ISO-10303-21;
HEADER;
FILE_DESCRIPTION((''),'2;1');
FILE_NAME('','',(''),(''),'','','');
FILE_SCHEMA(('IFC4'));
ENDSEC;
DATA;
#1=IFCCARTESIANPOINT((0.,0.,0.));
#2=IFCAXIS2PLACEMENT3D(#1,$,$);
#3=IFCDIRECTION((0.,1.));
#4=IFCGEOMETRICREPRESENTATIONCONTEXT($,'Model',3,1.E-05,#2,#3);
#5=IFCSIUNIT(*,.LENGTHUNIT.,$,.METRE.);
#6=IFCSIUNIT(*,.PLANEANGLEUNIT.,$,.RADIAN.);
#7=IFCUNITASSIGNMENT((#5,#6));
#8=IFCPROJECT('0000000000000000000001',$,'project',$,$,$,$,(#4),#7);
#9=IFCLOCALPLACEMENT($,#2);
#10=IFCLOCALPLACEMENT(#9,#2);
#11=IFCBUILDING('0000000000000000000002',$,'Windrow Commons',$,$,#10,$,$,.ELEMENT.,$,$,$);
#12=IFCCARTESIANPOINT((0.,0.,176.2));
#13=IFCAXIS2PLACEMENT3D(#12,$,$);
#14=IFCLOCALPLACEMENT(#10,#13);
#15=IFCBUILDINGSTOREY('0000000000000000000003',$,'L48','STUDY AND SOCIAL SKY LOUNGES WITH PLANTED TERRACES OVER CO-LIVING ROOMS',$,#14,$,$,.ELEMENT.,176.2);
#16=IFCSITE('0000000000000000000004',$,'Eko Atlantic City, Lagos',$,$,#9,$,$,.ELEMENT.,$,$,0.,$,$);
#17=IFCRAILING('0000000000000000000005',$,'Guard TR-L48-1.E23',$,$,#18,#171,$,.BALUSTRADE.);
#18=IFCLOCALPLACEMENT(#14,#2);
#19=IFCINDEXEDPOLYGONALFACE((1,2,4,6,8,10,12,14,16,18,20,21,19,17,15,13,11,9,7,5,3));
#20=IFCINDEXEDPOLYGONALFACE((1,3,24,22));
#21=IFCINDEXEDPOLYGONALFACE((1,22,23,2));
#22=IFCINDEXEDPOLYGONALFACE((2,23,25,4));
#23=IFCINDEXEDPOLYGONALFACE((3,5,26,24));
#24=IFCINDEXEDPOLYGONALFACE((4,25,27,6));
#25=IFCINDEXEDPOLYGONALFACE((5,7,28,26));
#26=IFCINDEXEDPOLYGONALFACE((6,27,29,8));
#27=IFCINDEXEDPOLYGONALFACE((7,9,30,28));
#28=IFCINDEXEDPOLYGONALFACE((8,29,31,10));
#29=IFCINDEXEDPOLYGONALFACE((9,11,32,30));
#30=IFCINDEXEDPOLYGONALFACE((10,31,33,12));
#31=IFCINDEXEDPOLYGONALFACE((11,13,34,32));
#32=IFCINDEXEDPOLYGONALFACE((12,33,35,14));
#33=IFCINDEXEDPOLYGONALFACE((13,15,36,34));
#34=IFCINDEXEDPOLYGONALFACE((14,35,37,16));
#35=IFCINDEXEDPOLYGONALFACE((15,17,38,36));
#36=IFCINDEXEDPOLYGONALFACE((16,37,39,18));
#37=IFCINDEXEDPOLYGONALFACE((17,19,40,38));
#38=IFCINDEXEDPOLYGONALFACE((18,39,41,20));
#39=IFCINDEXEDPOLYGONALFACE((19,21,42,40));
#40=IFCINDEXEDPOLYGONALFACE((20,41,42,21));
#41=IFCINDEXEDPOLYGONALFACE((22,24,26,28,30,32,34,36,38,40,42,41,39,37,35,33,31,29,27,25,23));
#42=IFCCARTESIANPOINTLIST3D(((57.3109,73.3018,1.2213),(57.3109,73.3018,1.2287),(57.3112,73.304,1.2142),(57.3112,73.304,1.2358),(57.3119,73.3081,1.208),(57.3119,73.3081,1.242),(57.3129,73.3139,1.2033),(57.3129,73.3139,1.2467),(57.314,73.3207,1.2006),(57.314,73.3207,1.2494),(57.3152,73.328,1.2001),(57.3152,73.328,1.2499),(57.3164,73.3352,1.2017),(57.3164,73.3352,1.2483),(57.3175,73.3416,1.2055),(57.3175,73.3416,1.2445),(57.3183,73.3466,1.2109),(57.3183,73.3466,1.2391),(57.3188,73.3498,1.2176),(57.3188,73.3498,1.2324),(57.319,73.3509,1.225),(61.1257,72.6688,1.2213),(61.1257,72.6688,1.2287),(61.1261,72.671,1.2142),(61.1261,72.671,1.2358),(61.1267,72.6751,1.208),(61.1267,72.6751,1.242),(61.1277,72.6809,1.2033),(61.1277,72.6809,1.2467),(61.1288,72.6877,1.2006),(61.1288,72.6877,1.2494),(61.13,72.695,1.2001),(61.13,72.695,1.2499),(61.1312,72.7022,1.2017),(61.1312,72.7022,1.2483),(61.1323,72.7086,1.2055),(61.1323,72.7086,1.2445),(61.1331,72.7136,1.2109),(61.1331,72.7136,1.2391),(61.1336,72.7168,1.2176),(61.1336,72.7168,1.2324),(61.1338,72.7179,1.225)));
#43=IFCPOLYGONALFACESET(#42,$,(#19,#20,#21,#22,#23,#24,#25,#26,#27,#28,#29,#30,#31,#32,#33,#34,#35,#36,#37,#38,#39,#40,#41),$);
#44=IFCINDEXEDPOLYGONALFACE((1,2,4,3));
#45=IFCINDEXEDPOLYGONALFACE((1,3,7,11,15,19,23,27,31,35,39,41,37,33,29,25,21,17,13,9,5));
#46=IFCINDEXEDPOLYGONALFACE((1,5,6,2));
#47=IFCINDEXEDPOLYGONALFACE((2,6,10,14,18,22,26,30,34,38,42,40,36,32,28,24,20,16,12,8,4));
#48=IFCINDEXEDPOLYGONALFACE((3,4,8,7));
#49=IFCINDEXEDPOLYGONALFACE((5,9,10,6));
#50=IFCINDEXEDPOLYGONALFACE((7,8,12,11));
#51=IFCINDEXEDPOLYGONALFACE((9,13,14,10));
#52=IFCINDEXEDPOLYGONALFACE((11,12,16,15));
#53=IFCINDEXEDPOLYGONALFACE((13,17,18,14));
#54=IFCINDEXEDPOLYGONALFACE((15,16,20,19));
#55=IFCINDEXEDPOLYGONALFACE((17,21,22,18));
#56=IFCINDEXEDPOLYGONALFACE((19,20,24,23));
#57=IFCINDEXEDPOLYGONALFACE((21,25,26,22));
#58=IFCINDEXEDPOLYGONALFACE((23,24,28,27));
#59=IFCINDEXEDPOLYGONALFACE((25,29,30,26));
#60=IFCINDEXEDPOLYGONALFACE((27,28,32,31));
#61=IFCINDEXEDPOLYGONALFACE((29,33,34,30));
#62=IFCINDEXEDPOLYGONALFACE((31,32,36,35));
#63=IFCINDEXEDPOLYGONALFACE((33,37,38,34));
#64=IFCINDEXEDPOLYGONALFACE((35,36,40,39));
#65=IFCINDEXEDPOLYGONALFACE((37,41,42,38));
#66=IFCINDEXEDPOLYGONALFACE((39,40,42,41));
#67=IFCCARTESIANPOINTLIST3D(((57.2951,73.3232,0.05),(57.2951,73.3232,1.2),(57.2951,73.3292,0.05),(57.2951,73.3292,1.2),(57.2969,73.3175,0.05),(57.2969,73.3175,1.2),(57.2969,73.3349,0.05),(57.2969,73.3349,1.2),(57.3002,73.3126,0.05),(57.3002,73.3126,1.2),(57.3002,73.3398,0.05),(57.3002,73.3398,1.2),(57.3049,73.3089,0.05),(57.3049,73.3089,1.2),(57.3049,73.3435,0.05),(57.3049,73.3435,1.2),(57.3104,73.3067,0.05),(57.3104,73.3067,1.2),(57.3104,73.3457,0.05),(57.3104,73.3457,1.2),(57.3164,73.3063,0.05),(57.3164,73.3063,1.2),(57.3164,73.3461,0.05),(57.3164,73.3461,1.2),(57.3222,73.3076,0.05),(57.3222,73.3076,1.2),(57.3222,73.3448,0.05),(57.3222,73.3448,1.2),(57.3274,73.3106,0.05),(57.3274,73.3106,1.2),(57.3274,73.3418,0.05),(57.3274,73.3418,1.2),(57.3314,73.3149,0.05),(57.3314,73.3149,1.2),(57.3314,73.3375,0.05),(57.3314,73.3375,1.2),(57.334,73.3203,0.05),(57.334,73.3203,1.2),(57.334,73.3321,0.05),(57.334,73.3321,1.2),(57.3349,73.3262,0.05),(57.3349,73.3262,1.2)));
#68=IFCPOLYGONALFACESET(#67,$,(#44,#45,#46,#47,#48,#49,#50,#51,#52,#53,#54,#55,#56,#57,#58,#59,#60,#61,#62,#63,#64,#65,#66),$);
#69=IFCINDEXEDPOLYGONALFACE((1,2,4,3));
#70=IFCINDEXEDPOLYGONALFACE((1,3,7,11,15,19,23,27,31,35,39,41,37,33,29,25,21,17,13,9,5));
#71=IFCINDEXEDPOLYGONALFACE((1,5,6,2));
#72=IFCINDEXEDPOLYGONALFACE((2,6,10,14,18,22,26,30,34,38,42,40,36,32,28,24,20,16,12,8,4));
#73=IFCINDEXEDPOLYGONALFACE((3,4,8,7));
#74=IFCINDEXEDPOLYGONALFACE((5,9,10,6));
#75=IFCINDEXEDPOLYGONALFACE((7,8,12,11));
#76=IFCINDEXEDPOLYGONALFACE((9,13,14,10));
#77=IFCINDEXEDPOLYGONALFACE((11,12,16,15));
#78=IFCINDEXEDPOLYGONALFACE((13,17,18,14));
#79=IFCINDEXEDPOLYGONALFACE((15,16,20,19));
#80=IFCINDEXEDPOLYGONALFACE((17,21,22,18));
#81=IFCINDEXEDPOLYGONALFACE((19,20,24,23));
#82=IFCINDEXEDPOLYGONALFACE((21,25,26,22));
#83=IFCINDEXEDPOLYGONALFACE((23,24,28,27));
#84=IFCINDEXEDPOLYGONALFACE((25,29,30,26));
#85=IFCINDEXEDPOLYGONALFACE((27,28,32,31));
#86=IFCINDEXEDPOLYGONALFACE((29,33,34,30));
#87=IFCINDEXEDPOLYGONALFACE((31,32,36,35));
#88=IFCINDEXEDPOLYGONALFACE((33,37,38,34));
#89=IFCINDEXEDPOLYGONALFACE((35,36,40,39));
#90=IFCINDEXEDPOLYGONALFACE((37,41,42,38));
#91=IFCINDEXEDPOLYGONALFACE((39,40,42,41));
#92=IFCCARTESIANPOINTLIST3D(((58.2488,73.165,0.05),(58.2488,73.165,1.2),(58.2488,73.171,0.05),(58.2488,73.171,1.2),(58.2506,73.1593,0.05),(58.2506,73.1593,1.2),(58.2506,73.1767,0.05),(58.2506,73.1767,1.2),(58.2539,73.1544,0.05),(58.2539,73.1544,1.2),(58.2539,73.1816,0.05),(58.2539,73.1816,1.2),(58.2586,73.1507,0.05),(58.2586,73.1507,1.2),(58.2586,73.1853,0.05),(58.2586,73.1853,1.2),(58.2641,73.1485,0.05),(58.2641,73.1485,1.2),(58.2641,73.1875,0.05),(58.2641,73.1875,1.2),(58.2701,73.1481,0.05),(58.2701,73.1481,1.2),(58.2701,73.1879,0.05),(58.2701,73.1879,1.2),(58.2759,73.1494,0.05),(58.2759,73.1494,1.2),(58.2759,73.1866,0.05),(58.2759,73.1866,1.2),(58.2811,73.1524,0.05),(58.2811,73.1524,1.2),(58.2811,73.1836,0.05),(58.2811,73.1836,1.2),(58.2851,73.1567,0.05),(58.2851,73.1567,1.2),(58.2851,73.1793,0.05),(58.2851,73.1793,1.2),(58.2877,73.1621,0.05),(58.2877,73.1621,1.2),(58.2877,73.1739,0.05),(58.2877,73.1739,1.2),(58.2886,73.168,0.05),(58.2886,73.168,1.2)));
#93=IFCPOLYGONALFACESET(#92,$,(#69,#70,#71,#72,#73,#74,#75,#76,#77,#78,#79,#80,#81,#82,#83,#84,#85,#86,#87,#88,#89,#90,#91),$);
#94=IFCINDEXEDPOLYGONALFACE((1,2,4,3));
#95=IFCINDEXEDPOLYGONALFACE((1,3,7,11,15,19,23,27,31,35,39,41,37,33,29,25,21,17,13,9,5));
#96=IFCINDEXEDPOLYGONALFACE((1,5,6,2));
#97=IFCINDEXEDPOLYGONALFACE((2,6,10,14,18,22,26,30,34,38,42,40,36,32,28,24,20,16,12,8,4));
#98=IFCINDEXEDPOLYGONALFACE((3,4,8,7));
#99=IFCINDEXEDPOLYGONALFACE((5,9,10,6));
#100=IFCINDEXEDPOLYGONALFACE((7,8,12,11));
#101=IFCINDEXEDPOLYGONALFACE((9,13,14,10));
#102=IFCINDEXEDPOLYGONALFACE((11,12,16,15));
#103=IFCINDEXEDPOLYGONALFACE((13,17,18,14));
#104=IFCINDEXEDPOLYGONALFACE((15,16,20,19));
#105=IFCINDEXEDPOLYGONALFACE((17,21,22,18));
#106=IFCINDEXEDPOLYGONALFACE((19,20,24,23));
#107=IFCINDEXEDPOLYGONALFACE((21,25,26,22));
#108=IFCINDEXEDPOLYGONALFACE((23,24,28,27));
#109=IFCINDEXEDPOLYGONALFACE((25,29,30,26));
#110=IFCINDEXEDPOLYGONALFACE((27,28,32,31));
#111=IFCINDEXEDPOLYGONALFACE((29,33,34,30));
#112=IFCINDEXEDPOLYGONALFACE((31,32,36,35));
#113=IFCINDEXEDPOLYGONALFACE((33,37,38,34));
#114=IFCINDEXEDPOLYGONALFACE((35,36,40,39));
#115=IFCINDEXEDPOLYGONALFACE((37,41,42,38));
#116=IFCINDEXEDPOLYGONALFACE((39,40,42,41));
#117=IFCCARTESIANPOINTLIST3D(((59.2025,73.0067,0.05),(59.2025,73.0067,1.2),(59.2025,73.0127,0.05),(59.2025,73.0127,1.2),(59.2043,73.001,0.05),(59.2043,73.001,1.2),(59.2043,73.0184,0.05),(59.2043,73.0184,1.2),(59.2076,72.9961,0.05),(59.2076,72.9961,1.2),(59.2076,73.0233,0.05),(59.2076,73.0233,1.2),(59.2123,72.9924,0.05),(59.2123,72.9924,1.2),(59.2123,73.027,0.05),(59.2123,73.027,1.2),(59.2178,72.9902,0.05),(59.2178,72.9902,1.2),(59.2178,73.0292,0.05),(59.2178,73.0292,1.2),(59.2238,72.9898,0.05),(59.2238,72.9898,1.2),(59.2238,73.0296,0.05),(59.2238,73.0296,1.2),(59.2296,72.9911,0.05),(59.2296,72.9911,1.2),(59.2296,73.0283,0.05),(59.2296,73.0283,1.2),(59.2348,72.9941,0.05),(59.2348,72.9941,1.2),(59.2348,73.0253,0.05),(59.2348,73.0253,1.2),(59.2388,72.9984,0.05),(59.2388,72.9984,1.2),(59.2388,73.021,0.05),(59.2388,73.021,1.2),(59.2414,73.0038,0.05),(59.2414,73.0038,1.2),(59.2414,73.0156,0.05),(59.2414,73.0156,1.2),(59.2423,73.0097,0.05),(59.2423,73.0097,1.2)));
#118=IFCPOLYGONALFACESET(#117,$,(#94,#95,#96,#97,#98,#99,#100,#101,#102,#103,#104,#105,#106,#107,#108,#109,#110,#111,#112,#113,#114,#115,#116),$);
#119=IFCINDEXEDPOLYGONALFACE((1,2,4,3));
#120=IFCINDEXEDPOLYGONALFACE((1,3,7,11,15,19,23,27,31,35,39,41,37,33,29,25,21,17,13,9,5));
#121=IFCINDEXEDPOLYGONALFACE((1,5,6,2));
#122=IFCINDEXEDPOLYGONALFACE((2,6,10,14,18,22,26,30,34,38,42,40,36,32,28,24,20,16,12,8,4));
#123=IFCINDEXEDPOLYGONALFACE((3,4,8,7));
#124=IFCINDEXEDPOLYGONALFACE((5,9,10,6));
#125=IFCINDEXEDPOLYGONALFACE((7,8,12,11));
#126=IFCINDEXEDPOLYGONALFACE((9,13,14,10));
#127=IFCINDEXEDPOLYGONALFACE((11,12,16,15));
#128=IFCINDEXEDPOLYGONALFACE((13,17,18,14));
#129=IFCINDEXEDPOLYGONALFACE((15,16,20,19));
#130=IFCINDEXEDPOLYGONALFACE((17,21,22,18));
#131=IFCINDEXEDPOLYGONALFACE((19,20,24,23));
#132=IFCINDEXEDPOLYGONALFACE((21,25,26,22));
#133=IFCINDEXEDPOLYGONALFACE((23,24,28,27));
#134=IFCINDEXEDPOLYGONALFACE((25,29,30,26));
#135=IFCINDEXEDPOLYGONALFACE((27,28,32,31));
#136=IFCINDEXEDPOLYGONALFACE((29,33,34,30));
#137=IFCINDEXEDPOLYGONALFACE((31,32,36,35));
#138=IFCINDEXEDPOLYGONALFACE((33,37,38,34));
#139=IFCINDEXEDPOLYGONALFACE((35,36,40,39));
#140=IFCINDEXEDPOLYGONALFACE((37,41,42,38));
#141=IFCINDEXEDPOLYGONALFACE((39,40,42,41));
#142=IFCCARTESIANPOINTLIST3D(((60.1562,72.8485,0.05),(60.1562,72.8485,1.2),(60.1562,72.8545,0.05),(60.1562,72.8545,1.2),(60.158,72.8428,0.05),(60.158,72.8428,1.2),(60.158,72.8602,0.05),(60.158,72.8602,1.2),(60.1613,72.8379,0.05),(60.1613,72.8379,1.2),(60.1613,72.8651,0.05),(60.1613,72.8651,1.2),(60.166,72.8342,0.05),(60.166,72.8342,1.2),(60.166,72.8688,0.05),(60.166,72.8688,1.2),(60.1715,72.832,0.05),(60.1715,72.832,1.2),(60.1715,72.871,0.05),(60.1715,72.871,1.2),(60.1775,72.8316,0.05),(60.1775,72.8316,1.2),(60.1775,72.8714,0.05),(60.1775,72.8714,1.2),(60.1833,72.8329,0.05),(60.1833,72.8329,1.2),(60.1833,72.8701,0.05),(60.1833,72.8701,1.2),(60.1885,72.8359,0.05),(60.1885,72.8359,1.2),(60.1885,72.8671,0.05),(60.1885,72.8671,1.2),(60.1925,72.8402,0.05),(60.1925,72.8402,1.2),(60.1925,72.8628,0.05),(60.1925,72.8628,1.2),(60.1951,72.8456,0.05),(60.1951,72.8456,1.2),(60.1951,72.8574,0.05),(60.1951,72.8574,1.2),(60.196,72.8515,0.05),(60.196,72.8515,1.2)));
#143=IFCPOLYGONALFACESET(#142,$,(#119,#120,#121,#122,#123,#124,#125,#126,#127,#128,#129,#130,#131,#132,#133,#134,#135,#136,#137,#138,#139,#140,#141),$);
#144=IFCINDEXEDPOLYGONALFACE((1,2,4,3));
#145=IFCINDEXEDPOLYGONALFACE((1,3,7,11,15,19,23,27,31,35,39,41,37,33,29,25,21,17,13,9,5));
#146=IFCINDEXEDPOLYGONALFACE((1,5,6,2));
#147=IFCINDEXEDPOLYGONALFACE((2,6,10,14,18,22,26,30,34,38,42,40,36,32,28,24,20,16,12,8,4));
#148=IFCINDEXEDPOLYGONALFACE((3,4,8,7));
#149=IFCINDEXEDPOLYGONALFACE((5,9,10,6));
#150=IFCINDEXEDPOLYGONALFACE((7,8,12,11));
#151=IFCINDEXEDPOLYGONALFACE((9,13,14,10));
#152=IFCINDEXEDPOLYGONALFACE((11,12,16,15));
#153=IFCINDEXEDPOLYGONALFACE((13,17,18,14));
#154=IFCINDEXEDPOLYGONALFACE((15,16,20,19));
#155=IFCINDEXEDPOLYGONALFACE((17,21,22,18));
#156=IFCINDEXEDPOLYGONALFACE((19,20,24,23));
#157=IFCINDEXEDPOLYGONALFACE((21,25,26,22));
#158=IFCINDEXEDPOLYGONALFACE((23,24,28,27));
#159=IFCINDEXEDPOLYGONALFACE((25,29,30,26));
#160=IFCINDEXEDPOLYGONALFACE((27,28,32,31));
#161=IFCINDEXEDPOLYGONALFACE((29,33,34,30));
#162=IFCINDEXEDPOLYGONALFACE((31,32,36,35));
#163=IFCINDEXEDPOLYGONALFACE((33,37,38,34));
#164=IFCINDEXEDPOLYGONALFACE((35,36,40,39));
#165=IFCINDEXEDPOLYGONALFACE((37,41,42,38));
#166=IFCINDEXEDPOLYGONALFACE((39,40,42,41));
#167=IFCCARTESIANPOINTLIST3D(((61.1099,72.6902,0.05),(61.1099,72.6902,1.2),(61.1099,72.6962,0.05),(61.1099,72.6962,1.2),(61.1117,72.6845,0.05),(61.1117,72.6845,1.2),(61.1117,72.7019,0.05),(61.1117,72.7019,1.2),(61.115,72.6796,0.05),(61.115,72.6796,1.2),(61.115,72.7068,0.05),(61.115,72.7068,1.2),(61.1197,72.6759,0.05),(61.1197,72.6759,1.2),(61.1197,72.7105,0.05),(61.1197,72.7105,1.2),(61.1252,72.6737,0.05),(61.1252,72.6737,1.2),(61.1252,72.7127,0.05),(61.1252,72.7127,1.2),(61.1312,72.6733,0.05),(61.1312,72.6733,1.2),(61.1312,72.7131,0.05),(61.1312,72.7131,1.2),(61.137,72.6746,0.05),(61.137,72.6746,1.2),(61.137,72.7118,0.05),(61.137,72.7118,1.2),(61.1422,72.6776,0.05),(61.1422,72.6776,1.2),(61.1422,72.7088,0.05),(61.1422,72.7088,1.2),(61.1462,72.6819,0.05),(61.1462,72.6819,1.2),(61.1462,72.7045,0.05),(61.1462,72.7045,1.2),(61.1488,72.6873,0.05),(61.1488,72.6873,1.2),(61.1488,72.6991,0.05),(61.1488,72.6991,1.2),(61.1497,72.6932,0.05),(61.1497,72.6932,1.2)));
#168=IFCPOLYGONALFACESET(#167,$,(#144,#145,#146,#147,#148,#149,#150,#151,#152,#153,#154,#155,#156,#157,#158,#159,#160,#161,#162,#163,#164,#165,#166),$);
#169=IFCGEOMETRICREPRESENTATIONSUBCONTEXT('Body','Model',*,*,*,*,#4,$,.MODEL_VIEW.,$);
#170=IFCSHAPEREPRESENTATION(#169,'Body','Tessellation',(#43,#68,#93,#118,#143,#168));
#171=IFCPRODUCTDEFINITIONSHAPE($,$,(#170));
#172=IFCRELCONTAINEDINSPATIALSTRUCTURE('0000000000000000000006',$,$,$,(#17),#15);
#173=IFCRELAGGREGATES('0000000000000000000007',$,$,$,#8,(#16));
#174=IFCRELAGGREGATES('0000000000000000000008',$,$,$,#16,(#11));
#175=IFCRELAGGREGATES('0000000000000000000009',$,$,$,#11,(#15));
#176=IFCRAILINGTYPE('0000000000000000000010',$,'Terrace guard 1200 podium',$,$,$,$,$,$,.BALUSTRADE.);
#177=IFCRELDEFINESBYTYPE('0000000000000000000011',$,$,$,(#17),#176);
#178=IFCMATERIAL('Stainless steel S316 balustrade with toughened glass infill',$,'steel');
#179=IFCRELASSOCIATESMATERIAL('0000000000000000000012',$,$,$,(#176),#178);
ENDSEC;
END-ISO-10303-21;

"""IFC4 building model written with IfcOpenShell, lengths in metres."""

from ifc_helpers import new_model, si_unit, direction, frame, origin, origin_2d, place, context, subcontext, project, spatial, circle, extrude, material, type_object, element, save


model = new_model("IFC4")

# Units and contexts
model_context = context("Model", 3, precision=1e-05, world=origin(), true_north=direction((0.0, 1.0)))
body_context = subcontext(model_context, "Body", "Model", "MODEL_VIEW")
ifc_project = project(units=[si_unit("LENGTHUNIT", "METRE"), si_unit("PLANEANGLEUNIT", "RADIAN")], contexts=[model_context])

# Site, building, storey
site_placement = place(None, origin())
site = spatial("IfcSite", under=ifc_project, at=site_placement, Name="Eko Atlantic City, Lagos", CompositionType="ELEMENT", RefElevation=0.0)
building_placement = place(site_placement, origin())
building = spatial("IfcBuilding", under=site, at=building_placement, Name="Windrow Commons", CompositionType="ELEMENT")
storey_placement = place(building_placement, frame((0.0, 0.0, 176.2)))
storey = spatial("IfcBuildingStorey", under=building, at=storey_placement, Name="L48", Description="STUDY AND SOCIAL SKY LOUNGES WITH PLANTED TERRACES OVER CO-LIVING ROOMS", CompositionType="ELEMENT", Elevation=176.2)

# Railing
ifc_material_1 = material(Name="Stainless steel S316 balustrade with toughened glass infill", Category="steel")
railing_type = type_object("IfcRailingType", Name="Terrace guard 1200 podium", PredefinedType="BALUSTRADE", material=ifc_material_1)
railing_1_placement = place(storey_placement, frame((57.3149, 73.3262, 0.05)))
element("IfcRailing", 1, at=railing_1_placement, inside=storey, type_object=railing_type, Name="Guard TR-L48-1.E23", PredefinedType="BALUSTRADE", context=body_context, shape_type="SweptSolid", body=[
    extrude(circle(Radius=0.025, at=origin_2d()), frame((0.0, 0.0, 1.175), z_axis=(0.986511, -0.163694, 0.0), x_axis=(0.163694, 0.986511, 0.0)), (0.0, 0.0, 1.0), 3.867),
    extrude(circle(Radius=0.02, at=origin_2d()), origin(), (0.0, 0.0, 1.0), 1.15),
    extrude(circle(Radius=0.02, at=origin_2d()), frame((0.9537, -0.1582, 0.0)), (0.0, 0.0, 1.0), 1.15),
    extrude(circle(Radius=0.02, at=origin_2d()), frame((1.9074, -0.3165, 0.0)), (0.0, 0.0, 1.0), 1.15),
    extrude(circle(Radius=0.02, at=origin_2d()), frame((2.8611, -0.4747, 0.0)), (0.0, 0.0, 1.0), 1.15),
    extrude(circle(Radius=0.02, at=origin_2d()), frame((3.8148, -0.633, 0.0)), (0.0, 0.0, 1.0), 1.15),
])

save(model, "model.ifc")
